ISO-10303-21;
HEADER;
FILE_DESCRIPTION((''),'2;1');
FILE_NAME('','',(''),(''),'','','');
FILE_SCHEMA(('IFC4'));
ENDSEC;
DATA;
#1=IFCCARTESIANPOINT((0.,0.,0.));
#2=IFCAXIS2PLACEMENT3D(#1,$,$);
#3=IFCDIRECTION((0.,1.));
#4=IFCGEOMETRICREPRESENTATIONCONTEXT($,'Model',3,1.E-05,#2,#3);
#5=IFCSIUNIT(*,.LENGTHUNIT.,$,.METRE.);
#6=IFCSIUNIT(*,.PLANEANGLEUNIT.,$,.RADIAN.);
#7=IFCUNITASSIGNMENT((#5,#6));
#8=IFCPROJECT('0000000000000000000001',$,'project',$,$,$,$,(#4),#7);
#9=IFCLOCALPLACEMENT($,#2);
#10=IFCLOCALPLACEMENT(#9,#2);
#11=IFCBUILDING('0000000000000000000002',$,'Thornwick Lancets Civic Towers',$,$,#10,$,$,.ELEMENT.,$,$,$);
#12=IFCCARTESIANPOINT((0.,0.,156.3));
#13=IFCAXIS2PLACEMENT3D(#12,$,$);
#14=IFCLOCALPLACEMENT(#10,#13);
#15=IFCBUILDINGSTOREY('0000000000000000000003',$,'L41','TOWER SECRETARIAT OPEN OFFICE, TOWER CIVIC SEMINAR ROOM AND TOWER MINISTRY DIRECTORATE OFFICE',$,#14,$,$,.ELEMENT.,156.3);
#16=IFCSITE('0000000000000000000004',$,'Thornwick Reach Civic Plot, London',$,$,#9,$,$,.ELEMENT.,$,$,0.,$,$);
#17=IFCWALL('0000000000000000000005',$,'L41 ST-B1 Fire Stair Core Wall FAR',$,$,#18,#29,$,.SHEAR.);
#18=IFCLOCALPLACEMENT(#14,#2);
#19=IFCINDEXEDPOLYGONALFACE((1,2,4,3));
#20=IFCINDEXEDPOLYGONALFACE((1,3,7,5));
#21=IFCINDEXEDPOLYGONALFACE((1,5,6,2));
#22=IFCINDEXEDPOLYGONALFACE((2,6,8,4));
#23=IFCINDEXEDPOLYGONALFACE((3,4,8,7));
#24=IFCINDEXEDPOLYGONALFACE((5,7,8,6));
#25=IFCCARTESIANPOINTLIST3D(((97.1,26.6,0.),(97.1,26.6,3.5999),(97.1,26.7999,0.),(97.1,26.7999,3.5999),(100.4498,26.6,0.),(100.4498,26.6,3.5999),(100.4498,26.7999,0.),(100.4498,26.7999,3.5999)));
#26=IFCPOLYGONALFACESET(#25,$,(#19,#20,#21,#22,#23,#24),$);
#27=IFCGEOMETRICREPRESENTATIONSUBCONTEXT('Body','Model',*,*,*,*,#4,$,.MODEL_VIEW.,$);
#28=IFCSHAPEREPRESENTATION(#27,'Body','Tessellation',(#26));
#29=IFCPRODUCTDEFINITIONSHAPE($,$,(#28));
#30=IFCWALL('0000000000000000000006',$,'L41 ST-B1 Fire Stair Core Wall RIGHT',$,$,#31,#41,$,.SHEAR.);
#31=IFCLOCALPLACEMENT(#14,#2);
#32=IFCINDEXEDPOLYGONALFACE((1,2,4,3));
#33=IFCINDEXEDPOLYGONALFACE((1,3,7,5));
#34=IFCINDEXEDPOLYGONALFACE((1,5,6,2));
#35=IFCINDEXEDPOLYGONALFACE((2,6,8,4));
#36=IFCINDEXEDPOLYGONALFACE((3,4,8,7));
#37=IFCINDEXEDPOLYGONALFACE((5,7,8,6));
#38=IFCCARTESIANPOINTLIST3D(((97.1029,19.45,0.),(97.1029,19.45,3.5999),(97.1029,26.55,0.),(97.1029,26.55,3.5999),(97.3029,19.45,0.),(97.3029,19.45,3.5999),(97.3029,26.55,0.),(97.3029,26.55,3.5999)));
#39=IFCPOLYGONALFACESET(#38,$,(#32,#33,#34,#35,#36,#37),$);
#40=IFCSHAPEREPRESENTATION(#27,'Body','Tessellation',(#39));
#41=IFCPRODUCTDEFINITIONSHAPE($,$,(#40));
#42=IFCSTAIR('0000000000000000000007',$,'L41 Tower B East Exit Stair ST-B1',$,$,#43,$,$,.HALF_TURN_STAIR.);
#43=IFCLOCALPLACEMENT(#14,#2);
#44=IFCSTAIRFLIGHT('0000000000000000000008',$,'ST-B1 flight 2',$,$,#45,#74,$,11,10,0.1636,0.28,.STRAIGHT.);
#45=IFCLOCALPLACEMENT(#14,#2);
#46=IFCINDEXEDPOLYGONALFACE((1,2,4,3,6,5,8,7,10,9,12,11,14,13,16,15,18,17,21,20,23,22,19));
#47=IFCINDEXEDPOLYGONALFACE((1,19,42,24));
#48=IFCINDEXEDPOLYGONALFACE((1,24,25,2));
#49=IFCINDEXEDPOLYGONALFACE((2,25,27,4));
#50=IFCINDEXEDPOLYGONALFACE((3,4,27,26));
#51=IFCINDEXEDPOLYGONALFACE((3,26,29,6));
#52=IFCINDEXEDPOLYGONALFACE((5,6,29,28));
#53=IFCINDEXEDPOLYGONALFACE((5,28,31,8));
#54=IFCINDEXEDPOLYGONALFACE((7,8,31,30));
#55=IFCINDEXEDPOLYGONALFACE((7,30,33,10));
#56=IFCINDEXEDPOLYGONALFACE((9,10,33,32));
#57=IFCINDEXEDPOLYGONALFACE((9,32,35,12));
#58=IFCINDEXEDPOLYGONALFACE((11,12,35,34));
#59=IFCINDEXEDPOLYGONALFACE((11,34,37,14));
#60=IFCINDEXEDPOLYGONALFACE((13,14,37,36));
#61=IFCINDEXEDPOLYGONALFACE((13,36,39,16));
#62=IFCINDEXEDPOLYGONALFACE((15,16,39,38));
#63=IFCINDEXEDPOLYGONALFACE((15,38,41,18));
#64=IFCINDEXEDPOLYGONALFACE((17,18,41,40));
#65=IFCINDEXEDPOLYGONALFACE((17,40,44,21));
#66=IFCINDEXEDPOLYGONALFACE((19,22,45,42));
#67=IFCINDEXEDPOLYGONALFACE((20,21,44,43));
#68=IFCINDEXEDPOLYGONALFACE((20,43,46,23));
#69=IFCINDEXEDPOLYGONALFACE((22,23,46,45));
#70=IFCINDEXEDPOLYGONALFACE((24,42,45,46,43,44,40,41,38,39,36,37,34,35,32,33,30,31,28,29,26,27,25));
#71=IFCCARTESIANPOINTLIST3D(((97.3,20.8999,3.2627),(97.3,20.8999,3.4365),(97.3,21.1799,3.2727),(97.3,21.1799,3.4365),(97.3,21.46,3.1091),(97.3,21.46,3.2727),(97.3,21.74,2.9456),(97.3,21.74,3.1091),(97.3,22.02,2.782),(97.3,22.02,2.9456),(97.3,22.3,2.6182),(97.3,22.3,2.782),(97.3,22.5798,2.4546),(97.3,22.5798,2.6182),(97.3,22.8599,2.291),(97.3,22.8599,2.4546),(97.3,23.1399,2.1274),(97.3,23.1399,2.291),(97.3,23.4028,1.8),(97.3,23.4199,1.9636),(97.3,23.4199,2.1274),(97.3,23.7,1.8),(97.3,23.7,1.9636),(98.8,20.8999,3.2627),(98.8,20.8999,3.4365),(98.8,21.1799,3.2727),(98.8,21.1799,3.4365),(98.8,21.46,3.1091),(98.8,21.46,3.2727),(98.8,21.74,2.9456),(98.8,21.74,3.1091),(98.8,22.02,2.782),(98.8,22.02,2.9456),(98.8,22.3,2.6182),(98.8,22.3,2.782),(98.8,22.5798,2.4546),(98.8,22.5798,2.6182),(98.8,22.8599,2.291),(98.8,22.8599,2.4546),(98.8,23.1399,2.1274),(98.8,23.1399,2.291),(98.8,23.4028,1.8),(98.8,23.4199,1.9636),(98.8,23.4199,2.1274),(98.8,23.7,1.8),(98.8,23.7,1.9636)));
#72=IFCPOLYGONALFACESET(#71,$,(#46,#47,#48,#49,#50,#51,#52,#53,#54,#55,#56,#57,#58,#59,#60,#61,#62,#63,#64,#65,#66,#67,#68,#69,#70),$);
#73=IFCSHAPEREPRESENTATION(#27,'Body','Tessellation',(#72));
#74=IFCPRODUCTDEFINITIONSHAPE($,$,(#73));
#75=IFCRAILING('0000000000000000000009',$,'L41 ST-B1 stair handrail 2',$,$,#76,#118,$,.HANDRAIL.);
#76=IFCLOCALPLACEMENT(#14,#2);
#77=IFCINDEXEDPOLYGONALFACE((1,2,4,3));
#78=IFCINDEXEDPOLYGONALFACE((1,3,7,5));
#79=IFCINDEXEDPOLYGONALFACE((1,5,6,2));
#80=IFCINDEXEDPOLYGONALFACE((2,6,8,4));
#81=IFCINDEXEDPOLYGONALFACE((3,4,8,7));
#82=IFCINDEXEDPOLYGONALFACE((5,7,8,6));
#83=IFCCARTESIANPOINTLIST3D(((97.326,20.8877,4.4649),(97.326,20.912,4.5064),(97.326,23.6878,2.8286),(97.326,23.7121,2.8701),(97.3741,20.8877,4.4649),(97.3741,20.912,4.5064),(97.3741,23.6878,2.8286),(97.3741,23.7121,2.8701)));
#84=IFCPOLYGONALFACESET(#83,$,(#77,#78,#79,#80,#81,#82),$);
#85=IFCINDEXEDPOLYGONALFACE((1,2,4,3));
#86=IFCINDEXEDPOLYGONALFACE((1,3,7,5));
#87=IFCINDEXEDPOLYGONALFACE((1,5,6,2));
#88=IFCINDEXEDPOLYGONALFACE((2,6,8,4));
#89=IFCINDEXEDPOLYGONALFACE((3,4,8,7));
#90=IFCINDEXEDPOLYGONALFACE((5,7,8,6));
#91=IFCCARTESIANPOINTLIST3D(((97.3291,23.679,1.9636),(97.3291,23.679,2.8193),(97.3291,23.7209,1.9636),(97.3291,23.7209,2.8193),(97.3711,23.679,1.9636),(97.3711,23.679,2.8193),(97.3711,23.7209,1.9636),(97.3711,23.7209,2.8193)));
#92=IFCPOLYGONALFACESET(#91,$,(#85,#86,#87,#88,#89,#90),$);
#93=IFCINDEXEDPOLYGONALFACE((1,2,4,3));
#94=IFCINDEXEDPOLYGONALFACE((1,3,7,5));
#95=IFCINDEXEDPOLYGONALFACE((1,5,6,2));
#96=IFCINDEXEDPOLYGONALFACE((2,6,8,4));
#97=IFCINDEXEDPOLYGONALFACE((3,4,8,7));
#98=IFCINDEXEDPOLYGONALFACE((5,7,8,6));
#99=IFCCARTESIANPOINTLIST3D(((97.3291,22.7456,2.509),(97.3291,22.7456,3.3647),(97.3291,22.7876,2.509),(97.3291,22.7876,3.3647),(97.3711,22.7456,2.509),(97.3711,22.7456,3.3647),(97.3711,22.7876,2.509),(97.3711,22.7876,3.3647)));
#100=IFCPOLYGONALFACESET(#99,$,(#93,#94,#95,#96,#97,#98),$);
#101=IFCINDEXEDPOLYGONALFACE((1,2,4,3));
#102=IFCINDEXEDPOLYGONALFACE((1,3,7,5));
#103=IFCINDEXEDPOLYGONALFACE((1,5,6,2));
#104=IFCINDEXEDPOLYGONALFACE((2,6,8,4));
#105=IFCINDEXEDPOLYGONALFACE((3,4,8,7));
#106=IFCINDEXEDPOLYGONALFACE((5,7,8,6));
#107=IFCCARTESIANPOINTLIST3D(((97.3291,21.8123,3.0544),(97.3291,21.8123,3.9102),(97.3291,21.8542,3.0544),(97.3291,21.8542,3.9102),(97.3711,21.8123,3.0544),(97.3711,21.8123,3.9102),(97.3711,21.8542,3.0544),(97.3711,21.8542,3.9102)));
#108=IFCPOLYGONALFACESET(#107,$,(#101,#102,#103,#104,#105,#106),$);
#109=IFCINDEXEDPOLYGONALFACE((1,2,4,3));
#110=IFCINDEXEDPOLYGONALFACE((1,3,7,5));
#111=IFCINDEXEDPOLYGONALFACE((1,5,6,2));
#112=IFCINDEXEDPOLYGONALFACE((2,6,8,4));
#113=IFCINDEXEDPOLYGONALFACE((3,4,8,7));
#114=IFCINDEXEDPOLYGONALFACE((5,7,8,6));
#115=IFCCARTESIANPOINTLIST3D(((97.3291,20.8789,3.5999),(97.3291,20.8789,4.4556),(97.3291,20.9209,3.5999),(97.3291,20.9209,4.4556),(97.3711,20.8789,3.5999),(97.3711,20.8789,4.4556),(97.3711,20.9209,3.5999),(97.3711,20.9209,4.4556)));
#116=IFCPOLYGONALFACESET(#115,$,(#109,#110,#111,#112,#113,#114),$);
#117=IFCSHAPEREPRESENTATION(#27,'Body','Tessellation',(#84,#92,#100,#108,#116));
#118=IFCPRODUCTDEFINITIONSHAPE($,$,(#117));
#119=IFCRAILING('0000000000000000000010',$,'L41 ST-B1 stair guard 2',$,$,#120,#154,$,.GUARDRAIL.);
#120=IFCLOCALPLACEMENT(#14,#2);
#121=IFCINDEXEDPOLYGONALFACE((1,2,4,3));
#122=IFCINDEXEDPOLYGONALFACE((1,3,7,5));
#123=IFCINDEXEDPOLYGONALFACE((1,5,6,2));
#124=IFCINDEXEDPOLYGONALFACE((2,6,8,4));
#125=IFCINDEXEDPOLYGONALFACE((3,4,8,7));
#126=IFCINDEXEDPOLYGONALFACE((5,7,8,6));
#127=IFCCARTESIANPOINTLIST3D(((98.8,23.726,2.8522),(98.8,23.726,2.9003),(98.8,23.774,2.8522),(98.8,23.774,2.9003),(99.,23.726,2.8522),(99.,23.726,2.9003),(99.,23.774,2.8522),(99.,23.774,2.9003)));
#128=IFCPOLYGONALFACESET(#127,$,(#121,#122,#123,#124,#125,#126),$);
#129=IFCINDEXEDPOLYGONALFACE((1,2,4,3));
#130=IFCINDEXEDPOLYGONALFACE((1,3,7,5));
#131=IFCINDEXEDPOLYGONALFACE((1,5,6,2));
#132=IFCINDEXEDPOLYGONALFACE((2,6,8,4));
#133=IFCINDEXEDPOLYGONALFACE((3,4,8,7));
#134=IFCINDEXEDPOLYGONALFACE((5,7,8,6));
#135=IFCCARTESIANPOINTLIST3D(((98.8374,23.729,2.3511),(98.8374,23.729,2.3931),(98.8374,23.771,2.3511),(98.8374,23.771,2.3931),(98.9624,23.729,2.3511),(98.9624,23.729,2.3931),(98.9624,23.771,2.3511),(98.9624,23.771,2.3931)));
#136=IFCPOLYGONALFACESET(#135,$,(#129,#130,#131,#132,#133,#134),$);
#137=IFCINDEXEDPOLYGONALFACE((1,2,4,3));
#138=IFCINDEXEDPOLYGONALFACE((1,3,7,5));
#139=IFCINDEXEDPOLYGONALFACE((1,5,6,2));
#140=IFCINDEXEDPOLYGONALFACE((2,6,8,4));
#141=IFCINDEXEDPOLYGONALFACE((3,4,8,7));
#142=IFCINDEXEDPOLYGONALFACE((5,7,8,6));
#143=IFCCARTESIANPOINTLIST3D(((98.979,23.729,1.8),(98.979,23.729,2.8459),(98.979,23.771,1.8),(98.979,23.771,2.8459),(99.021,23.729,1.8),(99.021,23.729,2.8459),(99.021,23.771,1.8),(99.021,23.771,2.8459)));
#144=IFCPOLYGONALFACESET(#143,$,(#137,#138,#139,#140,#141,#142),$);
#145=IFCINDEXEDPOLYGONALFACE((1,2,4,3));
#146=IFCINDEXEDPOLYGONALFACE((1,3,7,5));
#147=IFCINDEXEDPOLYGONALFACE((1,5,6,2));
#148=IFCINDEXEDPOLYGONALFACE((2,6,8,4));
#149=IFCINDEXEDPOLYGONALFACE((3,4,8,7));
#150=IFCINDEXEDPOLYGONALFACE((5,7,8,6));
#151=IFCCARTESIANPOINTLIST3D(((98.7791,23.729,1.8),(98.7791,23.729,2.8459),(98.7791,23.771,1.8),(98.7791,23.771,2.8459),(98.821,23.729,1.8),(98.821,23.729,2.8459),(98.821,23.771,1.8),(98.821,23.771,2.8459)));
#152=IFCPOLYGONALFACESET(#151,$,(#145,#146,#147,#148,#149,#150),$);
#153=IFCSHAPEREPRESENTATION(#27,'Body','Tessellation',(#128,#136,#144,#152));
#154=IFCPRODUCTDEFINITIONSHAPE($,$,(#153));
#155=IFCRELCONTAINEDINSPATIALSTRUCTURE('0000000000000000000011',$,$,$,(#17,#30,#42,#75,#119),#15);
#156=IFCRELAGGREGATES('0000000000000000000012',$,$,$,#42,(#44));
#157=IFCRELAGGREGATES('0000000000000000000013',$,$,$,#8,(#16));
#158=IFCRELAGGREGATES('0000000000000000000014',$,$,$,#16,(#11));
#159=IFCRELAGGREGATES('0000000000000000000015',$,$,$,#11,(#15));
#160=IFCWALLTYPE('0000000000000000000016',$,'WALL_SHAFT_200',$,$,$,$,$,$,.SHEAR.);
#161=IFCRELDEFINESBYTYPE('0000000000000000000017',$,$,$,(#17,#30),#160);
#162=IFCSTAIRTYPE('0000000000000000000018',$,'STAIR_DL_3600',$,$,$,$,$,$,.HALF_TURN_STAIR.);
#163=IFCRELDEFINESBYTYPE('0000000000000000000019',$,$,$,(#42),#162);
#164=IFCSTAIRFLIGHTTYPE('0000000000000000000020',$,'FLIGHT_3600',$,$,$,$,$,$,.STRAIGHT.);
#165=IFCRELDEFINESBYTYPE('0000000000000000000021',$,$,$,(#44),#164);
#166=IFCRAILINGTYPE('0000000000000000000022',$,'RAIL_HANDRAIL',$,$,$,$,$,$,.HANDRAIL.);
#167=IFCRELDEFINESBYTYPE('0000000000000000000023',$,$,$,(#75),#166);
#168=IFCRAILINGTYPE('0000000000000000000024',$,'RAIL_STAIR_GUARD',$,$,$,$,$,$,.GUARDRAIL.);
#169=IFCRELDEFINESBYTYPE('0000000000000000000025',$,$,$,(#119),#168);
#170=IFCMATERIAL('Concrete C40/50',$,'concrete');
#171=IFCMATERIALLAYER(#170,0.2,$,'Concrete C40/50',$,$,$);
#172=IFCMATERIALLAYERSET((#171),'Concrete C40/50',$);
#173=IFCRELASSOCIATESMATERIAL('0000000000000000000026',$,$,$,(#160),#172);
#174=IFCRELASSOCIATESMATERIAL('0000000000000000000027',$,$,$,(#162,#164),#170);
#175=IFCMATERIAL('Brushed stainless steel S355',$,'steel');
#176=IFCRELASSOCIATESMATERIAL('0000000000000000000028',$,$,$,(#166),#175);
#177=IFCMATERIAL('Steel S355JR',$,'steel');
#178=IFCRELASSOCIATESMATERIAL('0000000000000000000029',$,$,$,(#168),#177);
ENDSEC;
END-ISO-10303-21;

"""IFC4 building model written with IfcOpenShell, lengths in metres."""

from ifc_helpers import new_model, si_unit, direction, frame, frame_2d, origin, origin_2d, place, context, subcontext, project, spatial, polyline, rectangle, outline, extrude, material, layer, layer_set, type_object, element, aggregate, save


model = new_model("IFC4")

# Units and contexts
model_context = context("Model", 3, precision=1e-05, world=origin(), true_north=direction((0.0, 1.0)))
body_context = subcontext(model_context, "Body", "Model", "MODEL_VIEW")
ifc_project = project(units=[si_unit("LENGTHUNIT", "METRE"), si_unit("PLANEANGLEUNIT", "RADIAN")], contexts=[model_context])

# Site, building, storey
site_placement = place(None, origin())
site = spatial("IfcSite", under=ifc_project, at=site_placement, Name="Thornwick Reach Civic Plot, London", CompositionType="ELEMENT", RefElevation=0.0)
building_placement = place(site_placement, origin())
building = spatial("IfcBuilding", under=site, at=building_placement, Name="Thornwick Lancets Civic Towers", CompositionType="ELEMENT")
storey_placement = place(building_placement, frame((0.0, 0.0, 156.3)))
storey = spatial("IfcBuildingStorey", under=building, at=storey_placement, Name="L41", Description="TOWER SECRETARIAT OPEN OFFICE, TOWER CIVIC SEMINAR ROOM AND TOWER MINISTRY DIRECTORATE OFFICE", CompositionType="ELEMENT", Elevation=156.3)

# Shared definitions
ifc_material_1 = material(Name="Steel S355JR", Category="steel")

# Walls
ifc_material_2 = material(Name="Concrete C40/50", Category="concrete")
ifc_layer_1 = layer(ifc_material_2, 0.2, Name="Concrete C40/50")
ifc_layer_set_1 = layer_set([ifc_layer_1], Name="Concrete C40/50")
wall_type_1 = type_object("IfcWallType", Name="WALL_SHAFT_200", PredefinedType="SHEAR", material=ifc_layer_set_1)
wall_1_placement = place(storey_placement, frame((97.1001, 26.7, 0.0), z_axis=(0.0, 0.0, 1.0), x_axis=(1.0, 0.0, 0.0)))
element("IfcWall", 1, at=wall_1_placement, inside=storey, type_object=wall_type_1, Name="L41 ST-B1 Fire Stair Core Wall FAR", PredefinedType="SHEAR", context=body_context, shape_type="SweptSolid", body=[
    extrude(rectangle(XDim=3.3499, YDim=0.2, at=frame_2d((1.6748, 0.0))), origin(), (0.0, 0.0, 1.0), 3.5999),
])
wall_2_placement = place(storey_placement, frame((97.2029, 26.55, 0.0), z_axis=(0.0, 0.0, 1.0), x_axis=(0.0, -1.0, 0.0)))
element("IfcWall", 2, at=wall_2_placement, inside=storey, type_object=wall_type_1, Name="L41 ST-B1 Fire Stair Core Wall RIGHT", PredefinedType="SHEAR", context=body_context, shape_type="SweptSolid", body=[
    extrude(rectangle(XDim=7.1001, YDim=0.2, at=frame_2d((3.55, 0.0))), origin(), (0.0, 0.0, 1.0), 3.5999),
])

# Stair, stair flight
stair_type = type_object("IfcStairType", Name="STAIR_DL_3600", PredefinedType="HALF_TURN_STAIR", material=ifc_material_2)
stair_placement = place(storey_placement, origin())
stair = element("IfcStair", 3, at=stair_placement, inside=storey, type_object=stair_type, Name="L41 Tower B East Exit Stair ST-B1", PredefinedType="HALF_TURN_STAIR")
stair_flight_type = type_object("IfcStairFlightType", Name="FLIGHT_3600", PredefinedType="STRAIGHT", material=ifc_material_2)
stair_flight_placement = place(storey_placement, frame((98.05, 23.7, 1.8), z_axis=(0.0, 0.0, 1.0), x_axis=(0.0, -1.0, 0.0)))
stair_flight = element("IfcStairFlight", 4, at=stair_flight_placement, type_object=stair_flight_type, Name="ST-B1 flight 2", NumberOfRisers=11, NumberOfTreads=10, PredefinedType="STRAIGHT", RiserHeight=0.1636, TreadLength=0.28, context=body_context, shape_type="SweptSolid", body=[
    extrude(outline(polyline([(0.0, 0.0), (0.0, 0.1636), (0.28, 0.1636), (0.28, 0.3274), (0.5601, 0.3274), (0.5601, 0.491), (0.8401, 0.491), (0.8401, 0.6545), (1.1201, 0.6545), (1.1201, 0.8181), (1.3999, 0.8181), (1.3999, 0.9819), (1.6799, 0.9819), (1.6799, 1.1455), (1.96, 1.1455), (1.96, 1.3091), (2.24, 1.3091), (2.24, 1.4727), (2.52, 1.4727), (2.52, 1.6365), (2.8, 1.6365), (2.8, 1.8), (2.8, 1.4626), (0.2971, 0.0), (0.0, 0.0)])), frame((0.0, 0.75, 0.0), z_axis=(0.0, -1.0, 0.0), x_axis=(1.0, 0.0, 0.0)), (0.0, 0.0, 1.0), 1.5),
])
aggregate(stair, [stair_flight])

# Railings
ifc_material_3 = material(Name="Brushed stainless steel S355", Category="steel")
railing_type_1 = type_object("IfcRailingType", Name="RAIL_HANDRAIL", PredefinedType="HANDRAIL", material=ifc_material_3)
railing_1_placement = place(storey_placement, frame((97.3501, 23.7, 1.9636)))
element("IfcRailing", 5, at=railing_1_placement, inside=storey, type_object=railing_type_1, Name="L41 ST-B1 stair handrail 2", PredefinedType="HANDRAIL", context=body_context, shape_type="SweptSolid", body=[
    extrude(rectangle(XDim=0.0481, YDim=0.0481, at=origin_2d()), frame((0.0, 0.0, 0.8857), z_axis=(0.0, -0.863394, 0.504531), x_axis=(1.0, 0.0, 0.0)), (0.0, 0.0, 1.0), 3.2432),
    extrude(rectangle(XDim=0.042, YDim=0.042, at=origin_2d()), origin(), (0.0, 0.0, 1.0), 0.8557),
    extrude(rectangle(XDim=0.042, YDim=0.042, at=origin_2d()), frame((0.0, -0.9333, 0.5454)), (0.0, 0.0, 1.0), 0.8557),
    extrude(rectangle(XDim=0.042, YDim=0.042, at=origin_2d()), frame((0.0, -1.8667, 1.0908)), (0.0, 0.0, 1.0), 0.8557),
    extrude(rectangle(XDim=0.042, YDim=0.042, at=origin_2d()), frame((0.0, -2.8, 1.6362)), (0.0, 0.0, 1.0), 0.8557),
])
railing_type_2 = type_object("IfcRailingType", Name="RAIL_STAIR_GUARD", PredefinedType="GUARDRAIL", material=ifc_material_1)
railing_2_placement = place(storey_placement, frame((99.0, 23.75, 1.8)))
element("IfcRailing", 6, at=railing_2_placement, inside=storey, type_object=railing_type_2, Name="L41 ST-B1 stair guard 2", PredefinedType="GUARDRAIL", context=body_context, shape_type="SweptSolid", body=[
    extrude(rectangle(XDim=0.0481, YDim=0.0481, at=origin_2d()), frame((0.0, 0.0, 1.0762), z_axis=(-1.0, 0.0, 0.0), x_axis=(0.0, -1.0, 0.0)), (0.0, 0.0, 1.0), 0.2),
    extrude(rectangle(XDim=0.042, YDim=0.042, at=origin_2d()), frame((-0.0376, 0.0, 0.572), z_axis=(-1.0, 0.0, 0.0), x_axis=(0.0, -1.0, 0.0)), (0.0, 0.0, 1.0), 0.125),
    extrude(rectangle(XDim=0.042, YDim=0.042, at=origin_2d()), origin(), (0.0, 0.0, 1.0), 1.0459),
    extrude(rectangle(XDim=0.042, YDim=0.042, at=origin_2d()), frame((-0.2, 0.0, 0.0)), (0.0, 0.0, 1.0), 1.0459),
])

save(model, "model.ifc")
